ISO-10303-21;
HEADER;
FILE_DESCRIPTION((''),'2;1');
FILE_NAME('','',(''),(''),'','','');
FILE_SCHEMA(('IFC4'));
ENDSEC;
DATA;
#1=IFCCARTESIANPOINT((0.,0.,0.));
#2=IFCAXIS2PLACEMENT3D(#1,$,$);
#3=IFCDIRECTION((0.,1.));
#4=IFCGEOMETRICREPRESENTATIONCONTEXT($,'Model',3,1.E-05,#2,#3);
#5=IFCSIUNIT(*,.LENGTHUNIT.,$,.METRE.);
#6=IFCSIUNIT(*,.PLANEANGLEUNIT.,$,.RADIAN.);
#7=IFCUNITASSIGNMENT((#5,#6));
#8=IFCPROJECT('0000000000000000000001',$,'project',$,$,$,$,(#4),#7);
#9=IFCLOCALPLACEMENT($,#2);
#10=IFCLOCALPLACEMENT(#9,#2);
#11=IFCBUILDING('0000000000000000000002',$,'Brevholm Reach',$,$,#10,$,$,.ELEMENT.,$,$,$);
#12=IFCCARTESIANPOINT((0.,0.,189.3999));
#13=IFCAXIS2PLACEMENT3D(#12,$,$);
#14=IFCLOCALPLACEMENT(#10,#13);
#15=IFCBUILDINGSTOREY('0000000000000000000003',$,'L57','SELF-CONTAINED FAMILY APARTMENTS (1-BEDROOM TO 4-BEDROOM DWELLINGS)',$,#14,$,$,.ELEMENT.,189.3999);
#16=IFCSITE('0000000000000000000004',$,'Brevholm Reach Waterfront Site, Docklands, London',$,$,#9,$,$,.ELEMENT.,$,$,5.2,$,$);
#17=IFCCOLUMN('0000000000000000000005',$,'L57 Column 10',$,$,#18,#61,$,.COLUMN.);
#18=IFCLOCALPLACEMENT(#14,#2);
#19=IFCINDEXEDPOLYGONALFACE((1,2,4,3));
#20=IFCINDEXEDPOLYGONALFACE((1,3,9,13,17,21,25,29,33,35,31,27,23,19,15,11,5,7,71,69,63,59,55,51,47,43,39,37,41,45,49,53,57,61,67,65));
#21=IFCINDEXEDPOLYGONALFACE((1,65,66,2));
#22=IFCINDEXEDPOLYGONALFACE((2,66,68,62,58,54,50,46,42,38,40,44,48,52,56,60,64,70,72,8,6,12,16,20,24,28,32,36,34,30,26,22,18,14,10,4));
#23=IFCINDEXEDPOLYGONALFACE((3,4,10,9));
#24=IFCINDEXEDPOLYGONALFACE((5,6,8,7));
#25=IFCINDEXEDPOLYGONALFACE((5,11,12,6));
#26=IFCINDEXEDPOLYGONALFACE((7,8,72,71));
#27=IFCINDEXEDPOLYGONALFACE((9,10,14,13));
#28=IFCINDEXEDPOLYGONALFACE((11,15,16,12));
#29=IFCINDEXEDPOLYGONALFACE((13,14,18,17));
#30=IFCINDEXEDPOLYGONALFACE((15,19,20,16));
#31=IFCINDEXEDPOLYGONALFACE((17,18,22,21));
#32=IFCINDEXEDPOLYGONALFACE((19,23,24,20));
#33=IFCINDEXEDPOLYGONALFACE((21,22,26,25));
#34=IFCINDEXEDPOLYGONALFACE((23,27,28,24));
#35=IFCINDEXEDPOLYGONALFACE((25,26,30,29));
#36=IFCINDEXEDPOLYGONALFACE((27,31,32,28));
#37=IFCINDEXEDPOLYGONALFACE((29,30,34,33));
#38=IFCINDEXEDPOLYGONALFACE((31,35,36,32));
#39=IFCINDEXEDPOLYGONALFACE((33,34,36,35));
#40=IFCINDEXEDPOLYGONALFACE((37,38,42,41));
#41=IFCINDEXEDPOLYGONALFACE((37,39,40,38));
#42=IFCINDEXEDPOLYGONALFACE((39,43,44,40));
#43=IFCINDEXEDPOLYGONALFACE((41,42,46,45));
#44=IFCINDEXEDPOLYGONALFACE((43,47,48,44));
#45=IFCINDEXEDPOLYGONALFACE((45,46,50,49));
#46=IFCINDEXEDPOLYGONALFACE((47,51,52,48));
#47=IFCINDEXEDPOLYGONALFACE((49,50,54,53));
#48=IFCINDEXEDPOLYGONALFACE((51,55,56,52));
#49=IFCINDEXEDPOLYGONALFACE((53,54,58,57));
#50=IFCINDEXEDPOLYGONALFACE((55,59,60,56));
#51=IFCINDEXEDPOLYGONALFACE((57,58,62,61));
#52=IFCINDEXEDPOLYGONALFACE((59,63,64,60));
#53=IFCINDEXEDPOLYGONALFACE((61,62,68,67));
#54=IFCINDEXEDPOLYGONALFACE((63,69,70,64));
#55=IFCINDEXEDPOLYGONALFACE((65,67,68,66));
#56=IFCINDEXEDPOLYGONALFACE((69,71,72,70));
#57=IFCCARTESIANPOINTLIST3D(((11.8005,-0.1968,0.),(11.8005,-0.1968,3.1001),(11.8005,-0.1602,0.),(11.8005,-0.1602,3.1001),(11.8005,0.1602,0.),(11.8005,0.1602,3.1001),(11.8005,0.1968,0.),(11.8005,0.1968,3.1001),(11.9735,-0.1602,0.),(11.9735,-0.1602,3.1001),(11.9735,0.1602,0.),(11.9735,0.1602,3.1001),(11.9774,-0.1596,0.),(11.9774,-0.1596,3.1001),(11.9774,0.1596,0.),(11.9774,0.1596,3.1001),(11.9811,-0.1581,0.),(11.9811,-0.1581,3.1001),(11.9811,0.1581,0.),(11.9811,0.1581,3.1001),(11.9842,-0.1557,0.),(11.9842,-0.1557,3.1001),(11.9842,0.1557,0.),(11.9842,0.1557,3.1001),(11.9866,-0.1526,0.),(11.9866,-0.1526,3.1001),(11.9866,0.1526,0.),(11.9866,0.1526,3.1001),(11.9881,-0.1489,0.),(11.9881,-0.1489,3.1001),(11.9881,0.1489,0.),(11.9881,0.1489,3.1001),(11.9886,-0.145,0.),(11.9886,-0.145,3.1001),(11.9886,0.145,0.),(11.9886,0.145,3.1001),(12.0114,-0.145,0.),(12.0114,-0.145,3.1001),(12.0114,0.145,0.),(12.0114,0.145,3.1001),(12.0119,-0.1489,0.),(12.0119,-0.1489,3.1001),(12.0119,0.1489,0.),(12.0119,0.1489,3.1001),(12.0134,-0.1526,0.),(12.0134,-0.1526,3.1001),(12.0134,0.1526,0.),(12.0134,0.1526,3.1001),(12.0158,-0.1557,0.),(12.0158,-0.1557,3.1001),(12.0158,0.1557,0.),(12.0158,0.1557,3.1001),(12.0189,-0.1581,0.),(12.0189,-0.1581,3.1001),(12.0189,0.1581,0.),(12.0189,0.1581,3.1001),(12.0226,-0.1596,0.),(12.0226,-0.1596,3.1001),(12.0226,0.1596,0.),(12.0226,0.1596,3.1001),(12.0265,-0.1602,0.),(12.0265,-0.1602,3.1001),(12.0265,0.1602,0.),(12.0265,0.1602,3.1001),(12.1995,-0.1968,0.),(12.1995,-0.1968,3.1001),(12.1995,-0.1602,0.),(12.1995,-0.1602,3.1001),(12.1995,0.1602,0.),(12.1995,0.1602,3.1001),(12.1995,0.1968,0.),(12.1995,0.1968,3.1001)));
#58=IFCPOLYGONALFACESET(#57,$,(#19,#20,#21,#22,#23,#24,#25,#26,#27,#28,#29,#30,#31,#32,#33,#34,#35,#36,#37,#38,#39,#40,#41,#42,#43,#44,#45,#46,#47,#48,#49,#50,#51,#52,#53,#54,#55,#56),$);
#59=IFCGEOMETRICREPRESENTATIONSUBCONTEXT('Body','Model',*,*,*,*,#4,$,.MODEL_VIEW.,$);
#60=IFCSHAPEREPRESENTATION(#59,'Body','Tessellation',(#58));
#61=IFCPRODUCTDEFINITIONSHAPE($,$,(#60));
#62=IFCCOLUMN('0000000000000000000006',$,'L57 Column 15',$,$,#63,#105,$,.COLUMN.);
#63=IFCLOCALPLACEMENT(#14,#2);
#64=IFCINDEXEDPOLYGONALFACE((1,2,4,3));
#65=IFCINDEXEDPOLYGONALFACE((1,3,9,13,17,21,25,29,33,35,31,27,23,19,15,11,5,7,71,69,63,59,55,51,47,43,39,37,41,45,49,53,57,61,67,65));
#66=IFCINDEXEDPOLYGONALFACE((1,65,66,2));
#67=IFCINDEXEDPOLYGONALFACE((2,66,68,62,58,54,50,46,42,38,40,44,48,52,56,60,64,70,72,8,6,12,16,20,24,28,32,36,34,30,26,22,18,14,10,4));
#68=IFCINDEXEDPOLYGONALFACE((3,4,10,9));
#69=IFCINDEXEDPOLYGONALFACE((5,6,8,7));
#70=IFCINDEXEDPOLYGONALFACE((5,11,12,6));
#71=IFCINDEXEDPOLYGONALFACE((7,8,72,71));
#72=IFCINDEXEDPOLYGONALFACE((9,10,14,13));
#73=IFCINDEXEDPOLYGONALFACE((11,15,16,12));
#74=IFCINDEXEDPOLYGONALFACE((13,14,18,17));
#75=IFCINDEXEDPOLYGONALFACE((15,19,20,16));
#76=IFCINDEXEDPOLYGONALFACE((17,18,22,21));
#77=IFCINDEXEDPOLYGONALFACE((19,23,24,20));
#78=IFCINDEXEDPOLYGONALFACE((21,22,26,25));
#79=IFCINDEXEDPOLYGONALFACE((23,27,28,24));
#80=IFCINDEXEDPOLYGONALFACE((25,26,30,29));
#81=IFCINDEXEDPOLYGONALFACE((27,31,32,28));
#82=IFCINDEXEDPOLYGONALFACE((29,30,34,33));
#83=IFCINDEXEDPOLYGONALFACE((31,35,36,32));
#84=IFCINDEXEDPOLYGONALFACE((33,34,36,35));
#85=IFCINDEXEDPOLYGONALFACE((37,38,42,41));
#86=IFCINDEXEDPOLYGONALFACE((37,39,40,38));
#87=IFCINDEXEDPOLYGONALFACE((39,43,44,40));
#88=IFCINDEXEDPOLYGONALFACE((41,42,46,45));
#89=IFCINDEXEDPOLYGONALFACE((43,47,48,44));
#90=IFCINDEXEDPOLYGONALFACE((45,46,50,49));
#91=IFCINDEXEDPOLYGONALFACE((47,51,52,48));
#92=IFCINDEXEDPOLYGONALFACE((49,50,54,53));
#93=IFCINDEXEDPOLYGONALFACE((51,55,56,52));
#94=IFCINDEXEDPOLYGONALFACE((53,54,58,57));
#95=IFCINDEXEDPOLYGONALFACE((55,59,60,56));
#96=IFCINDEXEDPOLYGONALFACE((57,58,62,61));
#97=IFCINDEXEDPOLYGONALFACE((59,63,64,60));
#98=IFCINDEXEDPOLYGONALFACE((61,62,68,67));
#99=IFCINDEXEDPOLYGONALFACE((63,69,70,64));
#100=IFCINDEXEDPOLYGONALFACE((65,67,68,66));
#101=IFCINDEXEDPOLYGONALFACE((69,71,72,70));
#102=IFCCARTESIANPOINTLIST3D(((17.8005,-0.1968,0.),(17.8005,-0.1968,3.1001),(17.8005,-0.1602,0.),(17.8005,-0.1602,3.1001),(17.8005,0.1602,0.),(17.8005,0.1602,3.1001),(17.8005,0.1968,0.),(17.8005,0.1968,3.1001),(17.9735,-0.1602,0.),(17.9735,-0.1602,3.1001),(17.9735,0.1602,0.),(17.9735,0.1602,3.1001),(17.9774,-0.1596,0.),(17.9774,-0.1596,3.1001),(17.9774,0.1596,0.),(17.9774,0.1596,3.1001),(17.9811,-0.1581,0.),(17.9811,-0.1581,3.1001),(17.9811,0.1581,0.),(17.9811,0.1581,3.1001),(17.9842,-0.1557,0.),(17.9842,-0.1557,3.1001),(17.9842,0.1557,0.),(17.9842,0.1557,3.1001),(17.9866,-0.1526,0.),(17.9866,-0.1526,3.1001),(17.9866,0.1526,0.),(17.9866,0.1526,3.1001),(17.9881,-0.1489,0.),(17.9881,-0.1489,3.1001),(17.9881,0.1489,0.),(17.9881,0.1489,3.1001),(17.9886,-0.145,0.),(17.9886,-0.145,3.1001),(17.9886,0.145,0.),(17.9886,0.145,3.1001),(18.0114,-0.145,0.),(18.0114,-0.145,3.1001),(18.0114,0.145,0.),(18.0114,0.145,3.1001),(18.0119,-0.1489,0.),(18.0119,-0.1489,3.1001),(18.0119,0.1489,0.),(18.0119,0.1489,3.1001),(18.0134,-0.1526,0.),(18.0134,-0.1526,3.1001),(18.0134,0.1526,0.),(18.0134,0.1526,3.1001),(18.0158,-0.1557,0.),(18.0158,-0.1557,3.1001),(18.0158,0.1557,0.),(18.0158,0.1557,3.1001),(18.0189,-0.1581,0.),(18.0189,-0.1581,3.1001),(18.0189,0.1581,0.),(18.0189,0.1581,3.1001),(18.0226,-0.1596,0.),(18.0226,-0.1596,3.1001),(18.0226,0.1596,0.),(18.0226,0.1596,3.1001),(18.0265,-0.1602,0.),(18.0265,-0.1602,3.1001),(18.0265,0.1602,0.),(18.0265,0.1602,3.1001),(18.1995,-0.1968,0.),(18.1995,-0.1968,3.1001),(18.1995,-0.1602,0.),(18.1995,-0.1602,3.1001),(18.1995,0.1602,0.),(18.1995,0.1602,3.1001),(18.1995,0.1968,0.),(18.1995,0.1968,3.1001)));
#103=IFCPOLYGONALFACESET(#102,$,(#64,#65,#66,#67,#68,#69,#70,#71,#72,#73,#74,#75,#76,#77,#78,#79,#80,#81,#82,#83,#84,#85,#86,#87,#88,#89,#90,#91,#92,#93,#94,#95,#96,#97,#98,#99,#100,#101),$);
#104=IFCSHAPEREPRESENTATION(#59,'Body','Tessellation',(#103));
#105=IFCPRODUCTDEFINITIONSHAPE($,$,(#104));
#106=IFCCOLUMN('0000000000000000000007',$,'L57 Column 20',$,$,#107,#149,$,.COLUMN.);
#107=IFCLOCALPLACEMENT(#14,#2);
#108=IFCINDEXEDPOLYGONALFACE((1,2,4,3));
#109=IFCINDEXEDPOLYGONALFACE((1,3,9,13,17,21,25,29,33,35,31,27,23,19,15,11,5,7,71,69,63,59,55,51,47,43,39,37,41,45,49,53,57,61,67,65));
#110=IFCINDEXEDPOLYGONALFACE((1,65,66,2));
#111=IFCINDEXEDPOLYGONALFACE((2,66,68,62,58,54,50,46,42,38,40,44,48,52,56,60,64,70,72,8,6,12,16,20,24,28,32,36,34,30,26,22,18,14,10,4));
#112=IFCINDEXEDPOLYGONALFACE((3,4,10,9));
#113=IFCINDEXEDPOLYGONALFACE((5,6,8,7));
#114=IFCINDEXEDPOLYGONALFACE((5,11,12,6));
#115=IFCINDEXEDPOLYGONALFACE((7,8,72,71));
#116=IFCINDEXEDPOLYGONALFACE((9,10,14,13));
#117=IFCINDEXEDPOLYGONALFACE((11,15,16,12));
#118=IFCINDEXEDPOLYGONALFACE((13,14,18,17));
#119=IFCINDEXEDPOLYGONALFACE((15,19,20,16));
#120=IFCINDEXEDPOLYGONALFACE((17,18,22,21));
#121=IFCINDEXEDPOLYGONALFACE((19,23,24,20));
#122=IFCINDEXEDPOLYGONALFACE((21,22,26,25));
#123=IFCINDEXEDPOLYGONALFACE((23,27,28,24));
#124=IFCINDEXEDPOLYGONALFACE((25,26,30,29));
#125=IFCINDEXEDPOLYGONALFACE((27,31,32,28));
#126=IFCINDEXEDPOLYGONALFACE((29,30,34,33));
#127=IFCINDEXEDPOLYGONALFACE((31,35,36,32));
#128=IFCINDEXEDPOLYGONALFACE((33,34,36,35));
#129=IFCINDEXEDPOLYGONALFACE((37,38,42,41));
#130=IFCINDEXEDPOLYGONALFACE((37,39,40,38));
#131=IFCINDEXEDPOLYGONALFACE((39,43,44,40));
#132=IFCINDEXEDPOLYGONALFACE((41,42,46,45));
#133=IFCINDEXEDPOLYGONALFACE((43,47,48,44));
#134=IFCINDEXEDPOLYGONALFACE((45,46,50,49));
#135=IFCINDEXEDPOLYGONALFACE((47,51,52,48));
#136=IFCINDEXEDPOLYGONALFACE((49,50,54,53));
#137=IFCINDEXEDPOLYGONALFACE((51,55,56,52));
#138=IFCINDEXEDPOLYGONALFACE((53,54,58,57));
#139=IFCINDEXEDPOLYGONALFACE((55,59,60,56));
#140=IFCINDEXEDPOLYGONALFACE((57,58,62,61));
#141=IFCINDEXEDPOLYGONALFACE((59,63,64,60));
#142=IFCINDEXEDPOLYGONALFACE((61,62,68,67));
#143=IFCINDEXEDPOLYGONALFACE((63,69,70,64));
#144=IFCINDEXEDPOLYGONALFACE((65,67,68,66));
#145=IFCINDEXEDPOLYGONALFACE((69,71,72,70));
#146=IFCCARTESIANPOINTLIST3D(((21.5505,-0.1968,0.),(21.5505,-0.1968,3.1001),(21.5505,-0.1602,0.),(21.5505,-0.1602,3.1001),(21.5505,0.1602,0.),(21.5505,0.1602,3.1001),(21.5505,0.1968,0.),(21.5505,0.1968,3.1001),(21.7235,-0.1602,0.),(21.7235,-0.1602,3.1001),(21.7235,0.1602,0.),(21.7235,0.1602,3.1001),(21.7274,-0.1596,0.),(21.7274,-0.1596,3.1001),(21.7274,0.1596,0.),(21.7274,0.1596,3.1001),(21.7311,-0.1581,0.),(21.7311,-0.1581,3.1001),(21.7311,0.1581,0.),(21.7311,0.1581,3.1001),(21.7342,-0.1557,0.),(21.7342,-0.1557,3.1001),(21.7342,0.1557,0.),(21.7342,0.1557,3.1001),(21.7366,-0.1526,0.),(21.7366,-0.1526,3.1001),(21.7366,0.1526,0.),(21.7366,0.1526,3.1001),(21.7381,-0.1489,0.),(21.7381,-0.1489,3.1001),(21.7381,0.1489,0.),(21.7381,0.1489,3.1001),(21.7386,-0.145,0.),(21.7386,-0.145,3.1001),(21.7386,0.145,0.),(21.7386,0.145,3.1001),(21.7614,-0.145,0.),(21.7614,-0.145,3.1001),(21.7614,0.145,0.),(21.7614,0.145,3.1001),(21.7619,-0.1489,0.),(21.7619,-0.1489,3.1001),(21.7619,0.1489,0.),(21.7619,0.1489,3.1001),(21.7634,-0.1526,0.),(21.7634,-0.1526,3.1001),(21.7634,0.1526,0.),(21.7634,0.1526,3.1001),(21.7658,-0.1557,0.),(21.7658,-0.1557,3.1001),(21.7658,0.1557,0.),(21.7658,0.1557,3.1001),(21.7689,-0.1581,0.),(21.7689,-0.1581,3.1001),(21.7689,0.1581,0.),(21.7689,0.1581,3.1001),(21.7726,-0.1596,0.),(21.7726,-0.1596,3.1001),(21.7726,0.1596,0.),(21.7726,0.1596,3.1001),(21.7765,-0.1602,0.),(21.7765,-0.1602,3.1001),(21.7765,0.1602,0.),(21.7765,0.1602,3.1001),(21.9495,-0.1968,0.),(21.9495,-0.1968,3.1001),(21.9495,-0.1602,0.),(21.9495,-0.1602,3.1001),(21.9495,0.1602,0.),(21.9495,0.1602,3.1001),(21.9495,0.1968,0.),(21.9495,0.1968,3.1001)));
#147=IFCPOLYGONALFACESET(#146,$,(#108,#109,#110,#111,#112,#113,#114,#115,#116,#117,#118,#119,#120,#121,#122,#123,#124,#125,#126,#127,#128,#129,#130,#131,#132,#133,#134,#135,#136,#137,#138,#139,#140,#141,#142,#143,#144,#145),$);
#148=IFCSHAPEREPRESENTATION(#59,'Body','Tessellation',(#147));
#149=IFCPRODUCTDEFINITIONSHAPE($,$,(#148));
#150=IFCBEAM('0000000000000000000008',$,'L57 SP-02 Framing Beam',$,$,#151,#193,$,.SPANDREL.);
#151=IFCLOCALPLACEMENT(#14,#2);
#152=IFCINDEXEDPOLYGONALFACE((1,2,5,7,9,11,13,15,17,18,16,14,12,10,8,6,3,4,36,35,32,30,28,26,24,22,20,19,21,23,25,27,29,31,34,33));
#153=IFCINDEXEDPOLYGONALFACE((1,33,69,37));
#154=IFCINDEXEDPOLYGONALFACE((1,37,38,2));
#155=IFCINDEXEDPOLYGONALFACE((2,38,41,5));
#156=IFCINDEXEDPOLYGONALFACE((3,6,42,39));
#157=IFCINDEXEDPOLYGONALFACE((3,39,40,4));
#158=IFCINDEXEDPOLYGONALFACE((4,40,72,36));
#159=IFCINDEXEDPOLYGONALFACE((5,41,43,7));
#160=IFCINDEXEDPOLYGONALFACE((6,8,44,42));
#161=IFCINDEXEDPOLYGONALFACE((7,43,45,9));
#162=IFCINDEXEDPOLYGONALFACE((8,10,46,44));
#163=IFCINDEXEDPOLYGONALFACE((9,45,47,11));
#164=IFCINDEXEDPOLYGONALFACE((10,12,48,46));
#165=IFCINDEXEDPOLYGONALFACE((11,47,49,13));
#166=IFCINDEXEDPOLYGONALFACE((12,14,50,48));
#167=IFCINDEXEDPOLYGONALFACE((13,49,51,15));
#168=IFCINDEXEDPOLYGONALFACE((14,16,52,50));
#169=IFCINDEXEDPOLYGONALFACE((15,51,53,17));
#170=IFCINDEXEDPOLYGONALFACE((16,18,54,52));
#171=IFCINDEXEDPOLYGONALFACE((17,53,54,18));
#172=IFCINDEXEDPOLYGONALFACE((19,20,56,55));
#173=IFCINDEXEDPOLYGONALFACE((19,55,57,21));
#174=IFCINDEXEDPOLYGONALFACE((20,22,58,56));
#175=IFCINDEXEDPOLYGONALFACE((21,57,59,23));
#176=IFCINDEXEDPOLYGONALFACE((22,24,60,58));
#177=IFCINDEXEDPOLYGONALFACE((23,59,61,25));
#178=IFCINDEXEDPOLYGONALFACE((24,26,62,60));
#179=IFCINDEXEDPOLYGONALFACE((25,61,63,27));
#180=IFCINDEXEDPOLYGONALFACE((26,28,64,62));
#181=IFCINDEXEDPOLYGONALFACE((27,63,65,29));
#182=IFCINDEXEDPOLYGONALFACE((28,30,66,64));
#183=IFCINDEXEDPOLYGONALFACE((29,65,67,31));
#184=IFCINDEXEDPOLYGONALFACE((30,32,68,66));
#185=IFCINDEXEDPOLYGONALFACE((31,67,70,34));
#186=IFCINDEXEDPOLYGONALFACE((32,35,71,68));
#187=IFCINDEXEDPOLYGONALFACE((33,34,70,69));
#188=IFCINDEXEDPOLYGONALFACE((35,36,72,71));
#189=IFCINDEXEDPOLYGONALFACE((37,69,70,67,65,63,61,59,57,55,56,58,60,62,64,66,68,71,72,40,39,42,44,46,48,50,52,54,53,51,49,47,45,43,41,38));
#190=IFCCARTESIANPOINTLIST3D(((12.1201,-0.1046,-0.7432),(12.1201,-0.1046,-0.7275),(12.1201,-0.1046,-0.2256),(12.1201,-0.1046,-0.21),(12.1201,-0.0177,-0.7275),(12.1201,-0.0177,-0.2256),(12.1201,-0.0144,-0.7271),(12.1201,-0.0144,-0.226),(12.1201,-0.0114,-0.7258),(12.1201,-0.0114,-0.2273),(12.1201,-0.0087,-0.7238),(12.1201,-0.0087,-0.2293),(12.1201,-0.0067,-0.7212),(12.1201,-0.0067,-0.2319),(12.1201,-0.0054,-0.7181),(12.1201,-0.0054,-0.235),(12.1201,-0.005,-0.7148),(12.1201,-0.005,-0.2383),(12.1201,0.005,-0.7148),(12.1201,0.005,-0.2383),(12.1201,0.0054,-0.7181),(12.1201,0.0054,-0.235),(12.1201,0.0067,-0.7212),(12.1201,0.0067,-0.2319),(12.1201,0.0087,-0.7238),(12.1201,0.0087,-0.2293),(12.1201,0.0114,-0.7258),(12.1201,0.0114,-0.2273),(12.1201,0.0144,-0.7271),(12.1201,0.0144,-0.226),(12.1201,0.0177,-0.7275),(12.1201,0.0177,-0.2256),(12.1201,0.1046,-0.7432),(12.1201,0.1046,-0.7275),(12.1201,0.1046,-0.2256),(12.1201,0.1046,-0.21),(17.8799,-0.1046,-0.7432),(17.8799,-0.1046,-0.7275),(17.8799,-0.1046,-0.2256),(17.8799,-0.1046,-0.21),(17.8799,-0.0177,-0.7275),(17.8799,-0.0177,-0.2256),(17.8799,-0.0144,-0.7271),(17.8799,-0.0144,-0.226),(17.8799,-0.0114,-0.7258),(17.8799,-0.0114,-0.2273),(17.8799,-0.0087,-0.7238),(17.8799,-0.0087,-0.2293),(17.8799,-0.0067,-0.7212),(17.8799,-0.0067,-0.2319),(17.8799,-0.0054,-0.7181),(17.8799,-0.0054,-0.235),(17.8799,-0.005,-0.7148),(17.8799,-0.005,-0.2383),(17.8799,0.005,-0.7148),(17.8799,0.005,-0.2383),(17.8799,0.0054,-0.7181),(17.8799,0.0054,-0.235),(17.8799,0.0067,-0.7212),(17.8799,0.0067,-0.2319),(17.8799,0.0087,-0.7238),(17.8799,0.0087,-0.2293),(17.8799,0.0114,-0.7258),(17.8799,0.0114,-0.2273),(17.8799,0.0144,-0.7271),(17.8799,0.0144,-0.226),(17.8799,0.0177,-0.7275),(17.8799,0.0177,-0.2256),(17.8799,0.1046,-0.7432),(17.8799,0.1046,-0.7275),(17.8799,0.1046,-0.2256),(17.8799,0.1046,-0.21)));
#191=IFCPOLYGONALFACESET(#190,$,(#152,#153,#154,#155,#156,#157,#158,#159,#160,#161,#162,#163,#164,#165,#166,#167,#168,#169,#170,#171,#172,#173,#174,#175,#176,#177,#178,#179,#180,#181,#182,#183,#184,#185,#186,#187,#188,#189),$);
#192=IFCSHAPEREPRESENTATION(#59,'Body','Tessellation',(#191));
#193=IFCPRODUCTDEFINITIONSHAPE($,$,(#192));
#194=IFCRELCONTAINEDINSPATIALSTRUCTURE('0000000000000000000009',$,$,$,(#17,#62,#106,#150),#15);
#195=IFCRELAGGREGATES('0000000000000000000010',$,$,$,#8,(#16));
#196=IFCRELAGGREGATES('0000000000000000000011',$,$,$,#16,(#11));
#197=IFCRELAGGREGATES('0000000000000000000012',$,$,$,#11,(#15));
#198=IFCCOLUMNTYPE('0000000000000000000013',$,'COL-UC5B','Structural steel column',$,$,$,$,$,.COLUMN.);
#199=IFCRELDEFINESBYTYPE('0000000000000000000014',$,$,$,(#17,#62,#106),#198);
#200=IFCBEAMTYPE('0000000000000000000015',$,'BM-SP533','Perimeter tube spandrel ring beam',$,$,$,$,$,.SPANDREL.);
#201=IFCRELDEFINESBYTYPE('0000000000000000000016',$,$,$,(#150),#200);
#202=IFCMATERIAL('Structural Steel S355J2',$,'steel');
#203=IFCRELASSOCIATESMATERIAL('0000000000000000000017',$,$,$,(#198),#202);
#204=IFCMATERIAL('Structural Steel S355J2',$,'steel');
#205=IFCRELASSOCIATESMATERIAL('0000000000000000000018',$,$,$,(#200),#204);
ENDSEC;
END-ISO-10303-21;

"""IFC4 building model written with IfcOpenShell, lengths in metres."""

from ifc_helpers import new_model, si_unit, direction, frame, origin, origin_2d, place, context, subcontext, project, spatial, i_section, extrude, material, material_profile, profile_set, type_object, element, save


model = new_model("IFC4")

# Units and contexts
model_context = context("Model", 3, precision=1e-05, world=origin(), true_north=direction((0.0, 1.0)))
body_context = subcontext(model_context, "Body", "Model", "MODEL_VIEW")
ifc_project = project(units=[si_unit("LENGTHUNIT", "METRE"), si_unit("PLANEANGLEUNIT", "RADIAN")], contexts=[model_context])

# Site, building, storey
site_placement = place(None, origin())
site = spatial("IfcSite", under=ifc_project, at=site_placement, Name="Brevholm Reach Waterfront Site, Docklands, London", CompositionType="ELEMENT", RefElevation=5.2)
building_placement = place(site_placement, origin())
building = spatial("IfcBuilding", under=site, at=building_placement, Name="Brevholm Reach", CompositionType="ELEMENT")
storey_placement = place(building_placement, frame((0.0, 0.0, 189.3999)))
storey = spatial("IfcBuildingStorey", under=building, at=storey_placement, Name="L57", Description="SELF-CONTAINED FAMILY APARTMENTS (1-BEDROOM TO 4-BEDROOM DWELLINGS)", CompositionType="ELEMENT", Elevation=189.3999)

# Columns
ifc_material_1 = material(Name="Structural Steel S355J2", Category="steel")
ifc_material_profile_1 = material_profile(ifc_material_1, i_section(OverallWidth=0.3989, OverallDepth=0.3936, WebThickness=0.0227, FlangeThickness=0.0366, FilletRadius=0.0151, at=origin_2d()), Name="UKC 356x406x287")
ifc_profile_set_1 = profile_set([ifc_material_profile_1], Name="Structural Steel S355J2")
column_type = type_object("IfcColumnType", Name="COL-UC5B", Description="Structural steel column", PredefinedType="COLUMN", material=ifc_profile_set_1)
for number, where, z_axis, x_axis, name in (
    (1, (12.0, 0.0, 0.0), (0.0, 0.0, 1.0), (1.0, 0.0, 0.0), "L57 Column 10"),
    (2, (18.0, 0.0, 0.0), (0.0, 0.0, 1.0), (1.0, 0.0, 0.0), "L57 Column 15"),
    (3, (21.75, 0.0, 0.0), (0.0, 0.0, 1.0), (1.0, 0.0, 0.0), "L57 Column 20"),
):
    element("IfcColumn", number, at=place(storey_placement, frame(where, z_axis=z_axis, x_axis=x_axis)), inside=storey, type_object=column_type, Name=name, PredefinedType="COLUMN", context=body_context, shape_type="SweptSolid", body=[
        extrude(i_section(OverallWidth=0.3989, OverallDepth=0.3936, WebThickness=0.0227, FlangeThickness=0.0366, FilletRadius=0.0151, at=origin_2d()), origin(), (0.0, 0.0, 1.0), 3.1001),
    ])

# Beam
ifc_material_2 = material(Name="Structural Steel S355J2", Category="steel")
ifc_material_profile_2 = material_profile(ifc_material_2, i_section(OverallWidth=0.2092, OverallDepth=0.5332, WebThickness=0.01, FlangeThickness=0.0156, FilletRadius=0.0127, at=origin_2d()), Name="UKB 533x210x92")
ifc_profile_set_2 = profile_set([ifc_material_profile_2], Name="Structural Steel S355J2")
beam_type_1 = type_object("IfcBeamType", Name="BM-SP533", Description="Perimeter tube spandrel ring beam", PredefinedType="SPANDREL", material=ifc_profile_set_2)
beam_1_placement = place(storey_placement, frame((12.1201, 0.0, -0.4766), z_axis=(1.0, 0.0, 0.0), x_axis=(0.0, 1.0, 0.0)))
element("IfcBeam", 4, at=beam_1_placement, inside=storey, type_object=beam_type_1, Name="L57 SP-02 Framing Beam", PredefinedType="SPANDREL", context=body_context, shape_type="SweptSolid", body=[
    extrude(i_section(OverallWidth=0.2092, OverallDepth=0.5332, WebThickness=0.01, FlangeThickness=0.0156, FilletRadius=0.0127, at=origin_2d()), origin(), (0.0, 0.0, 1.0), 5.7598),
])

save(model, "model.ifc")
